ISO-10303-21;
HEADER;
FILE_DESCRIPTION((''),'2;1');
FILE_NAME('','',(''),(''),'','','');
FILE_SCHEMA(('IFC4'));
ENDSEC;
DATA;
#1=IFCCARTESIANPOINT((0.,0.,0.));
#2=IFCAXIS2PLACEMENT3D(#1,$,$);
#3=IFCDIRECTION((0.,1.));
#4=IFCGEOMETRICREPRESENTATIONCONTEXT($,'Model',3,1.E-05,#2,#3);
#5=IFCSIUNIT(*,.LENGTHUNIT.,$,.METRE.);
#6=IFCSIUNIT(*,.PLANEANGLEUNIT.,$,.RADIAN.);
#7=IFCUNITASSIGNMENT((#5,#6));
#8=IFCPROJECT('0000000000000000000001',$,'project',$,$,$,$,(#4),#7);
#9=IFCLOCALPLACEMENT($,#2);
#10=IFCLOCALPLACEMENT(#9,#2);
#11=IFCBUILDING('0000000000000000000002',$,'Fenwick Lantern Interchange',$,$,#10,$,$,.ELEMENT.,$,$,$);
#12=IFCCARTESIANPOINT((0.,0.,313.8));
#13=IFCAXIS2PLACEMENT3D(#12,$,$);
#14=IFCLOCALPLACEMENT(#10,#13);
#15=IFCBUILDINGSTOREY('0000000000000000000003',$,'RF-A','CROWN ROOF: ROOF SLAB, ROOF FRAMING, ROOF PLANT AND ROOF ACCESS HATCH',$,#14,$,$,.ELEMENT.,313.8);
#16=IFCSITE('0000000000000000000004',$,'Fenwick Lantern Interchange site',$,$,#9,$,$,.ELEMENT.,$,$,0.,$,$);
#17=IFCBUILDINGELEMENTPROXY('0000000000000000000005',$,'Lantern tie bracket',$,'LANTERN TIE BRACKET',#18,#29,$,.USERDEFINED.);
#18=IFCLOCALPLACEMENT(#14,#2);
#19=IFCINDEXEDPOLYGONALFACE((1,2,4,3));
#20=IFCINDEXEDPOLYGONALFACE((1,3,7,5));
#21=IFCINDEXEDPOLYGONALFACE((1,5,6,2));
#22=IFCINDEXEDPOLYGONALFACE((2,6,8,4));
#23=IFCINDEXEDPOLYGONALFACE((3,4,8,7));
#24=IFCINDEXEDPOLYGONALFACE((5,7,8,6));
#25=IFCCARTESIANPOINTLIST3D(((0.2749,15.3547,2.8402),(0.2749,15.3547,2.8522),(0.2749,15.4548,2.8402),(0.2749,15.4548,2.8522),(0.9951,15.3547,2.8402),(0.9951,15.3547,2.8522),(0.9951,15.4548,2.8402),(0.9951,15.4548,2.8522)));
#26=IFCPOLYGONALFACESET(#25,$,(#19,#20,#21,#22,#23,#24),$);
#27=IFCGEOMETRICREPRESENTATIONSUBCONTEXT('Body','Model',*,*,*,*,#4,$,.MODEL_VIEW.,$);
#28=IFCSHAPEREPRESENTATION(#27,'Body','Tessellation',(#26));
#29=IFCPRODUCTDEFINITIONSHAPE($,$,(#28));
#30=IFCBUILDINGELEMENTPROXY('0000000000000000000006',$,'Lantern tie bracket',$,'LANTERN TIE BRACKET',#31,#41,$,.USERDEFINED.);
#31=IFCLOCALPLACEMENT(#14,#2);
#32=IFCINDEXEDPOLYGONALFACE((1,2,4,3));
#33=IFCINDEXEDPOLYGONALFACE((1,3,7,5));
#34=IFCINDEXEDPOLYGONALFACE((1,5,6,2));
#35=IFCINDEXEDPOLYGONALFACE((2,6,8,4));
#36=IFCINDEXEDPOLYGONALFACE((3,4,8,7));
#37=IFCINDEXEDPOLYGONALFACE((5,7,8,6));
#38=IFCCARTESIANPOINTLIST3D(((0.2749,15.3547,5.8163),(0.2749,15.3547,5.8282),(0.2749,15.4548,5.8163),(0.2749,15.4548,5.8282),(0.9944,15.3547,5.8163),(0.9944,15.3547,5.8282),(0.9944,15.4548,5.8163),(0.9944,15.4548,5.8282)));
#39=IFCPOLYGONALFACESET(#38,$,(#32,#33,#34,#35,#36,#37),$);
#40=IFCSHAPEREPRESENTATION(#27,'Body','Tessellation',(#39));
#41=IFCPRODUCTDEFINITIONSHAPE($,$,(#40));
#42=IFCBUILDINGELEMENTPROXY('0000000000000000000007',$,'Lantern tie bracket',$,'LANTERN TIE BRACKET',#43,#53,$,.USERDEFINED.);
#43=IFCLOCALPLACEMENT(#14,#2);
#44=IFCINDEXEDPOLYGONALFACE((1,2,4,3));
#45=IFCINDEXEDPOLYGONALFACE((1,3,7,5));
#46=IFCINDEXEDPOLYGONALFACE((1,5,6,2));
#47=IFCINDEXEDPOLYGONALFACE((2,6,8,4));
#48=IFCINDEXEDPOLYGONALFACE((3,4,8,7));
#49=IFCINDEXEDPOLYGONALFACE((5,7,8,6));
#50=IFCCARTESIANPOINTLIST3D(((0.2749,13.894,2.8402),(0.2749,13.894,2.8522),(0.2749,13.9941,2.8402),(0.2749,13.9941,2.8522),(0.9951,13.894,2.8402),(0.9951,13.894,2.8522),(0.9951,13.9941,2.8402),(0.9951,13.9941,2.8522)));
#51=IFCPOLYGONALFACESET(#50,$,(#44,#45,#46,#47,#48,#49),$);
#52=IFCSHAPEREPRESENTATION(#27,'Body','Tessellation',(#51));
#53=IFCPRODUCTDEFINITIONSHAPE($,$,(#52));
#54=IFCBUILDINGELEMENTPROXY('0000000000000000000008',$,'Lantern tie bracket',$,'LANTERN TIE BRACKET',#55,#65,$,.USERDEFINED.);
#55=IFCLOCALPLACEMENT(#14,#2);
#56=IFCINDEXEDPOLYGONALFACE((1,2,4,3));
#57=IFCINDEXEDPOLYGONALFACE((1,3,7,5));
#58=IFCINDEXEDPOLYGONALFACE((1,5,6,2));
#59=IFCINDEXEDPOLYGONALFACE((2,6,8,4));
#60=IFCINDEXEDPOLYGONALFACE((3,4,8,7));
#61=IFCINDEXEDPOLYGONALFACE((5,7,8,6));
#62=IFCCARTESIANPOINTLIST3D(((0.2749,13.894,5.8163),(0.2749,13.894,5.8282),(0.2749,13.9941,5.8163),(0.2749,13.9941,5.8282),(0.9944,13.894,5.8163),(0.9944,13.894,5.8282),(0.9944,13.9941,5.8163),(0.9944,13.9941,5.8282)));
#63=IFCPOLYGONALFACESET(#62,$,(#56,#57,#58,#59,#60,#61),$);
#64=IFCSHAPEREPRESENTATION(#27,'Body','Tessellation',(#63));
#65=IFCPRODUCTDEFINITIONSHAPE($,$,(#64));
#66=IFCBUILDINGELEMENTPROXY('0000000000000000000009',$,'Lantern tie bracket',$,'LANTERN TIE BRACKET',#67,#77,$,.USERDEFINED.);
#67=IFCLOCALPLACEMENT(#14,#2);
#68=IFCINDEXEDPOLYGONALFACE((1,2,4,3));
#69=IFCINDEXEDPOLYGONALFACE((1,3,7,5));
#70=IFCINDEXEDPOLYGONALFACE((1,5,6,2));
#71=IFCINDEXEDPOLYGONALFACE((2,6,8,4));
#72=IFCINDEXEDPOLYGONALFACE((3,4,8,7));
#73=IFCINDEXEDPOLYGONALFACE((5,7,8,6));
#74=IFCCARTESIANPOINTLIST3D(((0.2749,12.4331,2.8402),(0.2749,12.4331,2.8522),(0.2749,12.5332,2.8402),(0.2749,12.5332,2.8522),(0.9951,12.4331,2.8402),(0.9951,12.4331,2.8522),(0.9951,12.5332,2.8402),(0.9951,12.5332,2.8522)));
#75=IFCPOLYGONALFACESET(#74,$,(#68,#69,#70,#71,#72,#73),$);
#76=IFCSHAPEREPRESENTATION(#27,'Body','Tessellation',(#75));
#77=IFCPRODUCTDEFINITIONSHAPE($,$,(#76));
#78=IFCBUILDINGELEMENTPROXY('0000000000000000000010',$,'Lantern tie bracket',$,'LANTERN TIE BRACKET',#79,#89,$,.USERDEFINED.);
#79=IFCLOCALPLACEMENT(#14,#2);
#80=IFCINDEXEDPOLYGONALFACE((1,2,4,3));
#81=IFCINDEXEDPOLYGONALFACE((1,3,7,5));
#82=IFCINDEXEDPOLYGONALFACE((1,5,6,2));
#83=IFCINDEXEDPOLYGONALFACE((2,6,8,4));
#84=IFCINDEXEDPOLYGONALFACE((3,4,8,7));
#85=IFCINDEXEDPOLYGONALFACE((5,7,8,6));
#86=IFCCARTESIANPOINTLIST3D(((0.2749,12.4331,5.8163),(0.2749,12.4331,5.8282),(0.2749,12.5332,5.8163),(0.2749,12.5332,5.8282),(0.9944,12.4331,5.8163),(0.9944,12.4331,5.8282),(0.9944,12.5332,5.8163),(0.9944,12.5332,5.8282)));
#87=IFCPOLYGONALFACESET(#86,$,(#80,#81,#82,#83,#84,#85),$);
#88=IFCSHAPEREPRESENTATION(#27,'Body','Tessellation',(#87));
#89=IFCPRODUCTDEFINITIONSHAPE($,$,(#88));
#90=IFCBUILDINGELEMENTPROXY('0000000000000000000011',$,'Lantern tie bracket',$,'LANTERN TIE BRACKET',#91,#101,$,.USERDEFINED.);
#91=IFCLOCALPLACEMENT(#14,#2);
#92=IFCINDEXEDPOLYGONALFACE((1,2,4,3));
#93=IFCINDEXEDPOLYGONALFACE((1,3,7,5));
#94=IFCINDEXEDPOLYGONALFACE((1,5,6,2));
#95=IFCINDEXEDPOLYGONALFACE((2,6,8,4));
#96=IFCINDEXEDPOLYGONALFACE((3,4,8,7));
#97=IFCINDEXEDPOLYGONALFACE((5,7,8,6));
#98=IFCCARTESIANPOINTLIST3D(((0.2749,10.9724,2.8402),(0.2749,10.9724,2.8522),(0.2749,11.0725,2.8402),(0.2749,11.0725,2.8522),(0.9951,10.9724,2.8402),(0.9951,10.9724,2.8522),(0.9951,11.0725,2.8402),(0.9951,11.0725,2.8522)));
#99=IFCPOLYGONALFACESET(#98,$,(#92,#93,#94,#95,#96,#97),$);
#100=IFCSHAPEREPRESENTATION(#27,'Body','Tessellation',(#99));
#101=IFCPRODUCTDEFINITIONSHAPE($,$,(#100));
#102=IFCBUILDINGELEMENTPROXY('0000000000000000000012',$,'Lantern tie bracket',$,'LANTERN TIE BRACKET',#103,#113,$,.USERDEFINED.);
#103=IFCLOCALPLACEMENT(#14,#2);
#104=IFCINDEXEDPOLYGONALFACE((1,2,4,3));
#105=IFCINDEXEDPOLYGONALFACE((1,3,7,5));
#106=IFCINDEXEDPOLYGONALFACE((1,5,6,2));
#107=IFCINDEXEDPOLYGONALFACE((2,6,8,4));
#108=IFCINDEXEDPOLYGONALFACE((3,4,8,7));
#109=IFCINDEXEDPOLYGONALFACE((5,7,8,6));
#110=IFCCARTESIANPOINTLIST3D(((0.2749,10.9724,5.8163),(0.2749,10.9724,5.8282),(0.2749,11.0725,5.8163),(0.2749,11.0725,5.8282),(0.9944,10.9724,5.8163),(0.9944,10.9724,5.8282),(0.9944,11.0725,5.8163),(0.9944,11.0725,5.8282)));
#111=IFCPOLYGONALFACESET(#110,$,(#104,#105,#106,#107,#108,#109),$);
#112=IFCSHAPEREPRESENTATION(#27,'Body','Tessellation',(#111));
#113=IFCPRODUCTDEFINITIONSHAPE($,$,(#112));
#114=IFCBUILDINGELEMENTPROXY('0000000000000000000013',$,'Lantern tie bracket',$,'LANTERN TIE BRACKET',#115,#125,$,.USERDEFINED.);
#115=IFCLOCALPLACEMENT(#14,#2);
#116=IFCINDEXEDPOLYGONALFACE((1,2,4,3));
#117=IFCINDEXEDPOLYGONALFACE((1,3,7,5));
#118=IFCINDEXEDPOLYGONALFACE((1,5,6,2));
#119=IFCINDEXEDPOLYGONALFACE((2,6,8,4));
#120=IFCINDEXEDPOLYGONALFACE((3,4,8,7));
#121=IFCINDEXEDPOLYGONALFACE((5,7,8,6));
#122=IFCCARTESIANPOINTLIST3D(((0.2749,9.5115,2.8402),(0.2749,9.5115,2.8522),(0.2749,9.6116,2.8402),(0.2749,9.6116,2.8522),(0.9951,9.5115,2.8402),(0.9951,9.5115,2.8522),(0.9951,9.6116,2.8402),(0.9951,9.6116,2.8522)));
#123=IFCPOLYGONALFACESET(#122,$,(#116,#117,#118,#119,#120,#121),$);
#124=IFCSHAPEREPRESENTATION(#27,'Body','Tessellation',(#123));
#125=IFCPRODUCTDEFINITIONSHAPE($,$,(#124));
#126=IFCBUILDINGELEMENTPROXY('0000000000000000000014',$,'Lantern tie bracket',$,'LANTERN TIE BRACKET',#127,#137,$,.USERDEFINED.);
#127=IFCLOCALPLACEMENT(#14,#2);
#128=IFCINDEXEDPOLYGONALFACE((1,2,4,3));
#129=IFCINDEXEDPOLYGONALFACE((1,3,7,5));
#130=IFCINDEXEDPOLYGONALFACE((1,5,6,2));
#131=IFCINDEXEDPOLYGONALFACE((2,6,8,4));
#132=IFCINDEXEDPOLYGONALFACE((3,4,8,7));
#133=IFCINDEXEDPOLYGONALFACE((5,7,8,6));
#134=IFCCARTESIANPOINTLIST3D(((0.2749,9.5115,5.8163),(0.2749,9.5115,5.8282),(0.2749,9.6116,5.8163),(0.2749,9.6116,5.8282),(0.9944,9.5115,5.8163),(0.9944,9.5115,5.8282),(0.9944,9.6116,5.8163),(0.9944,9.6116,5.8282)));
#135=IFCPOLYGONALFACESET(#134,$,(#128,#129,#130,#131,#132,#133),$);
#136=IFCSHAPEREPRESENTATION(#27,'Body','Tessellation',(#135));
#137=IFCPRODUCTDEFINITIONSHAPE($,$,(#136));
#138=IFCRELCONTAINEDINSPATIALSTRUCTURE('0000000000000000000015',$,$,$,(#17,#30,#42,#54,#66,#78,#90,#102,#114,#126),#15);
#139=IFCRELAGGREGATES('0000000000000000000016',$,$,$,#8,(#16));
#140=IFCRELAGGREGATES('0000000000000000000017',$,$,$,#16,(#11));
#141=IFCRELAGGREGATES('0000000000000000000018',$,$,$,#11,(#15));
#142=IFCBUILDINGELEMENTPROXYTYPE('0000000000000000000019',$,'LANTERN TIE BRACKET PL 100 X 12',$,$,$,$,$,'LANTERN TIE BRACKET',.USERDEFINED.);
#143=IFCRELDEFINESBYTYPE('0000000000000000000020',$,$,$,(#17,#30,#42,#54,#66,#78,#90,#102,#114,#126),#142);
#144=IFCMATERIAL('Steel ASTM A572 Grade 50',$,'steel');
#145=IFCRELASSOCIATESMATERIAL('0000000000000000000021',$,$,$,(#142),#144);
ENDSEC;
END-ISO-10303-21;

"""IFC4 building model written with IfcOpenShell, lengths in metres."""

from ifc_helpers import new_model, si_unit, direction, frame, origin, origin_2d, place, context, subcontext, project, spatial, rectangle, extrude, material, material_profile, profile_set, type_object, element, save


model = new_model("IFC4")

# Units and contexts
model_context = context("Model", 3, precision=1e-05, world=origin(), true_north=direction((0.0, 1.0)))
body_context = subcontext(model_context, "Body", "Model", "MODEL_VIEW")
ifc_project = project(units=[si_unit("LENGTHUNIT", "METRE"), si_unit("PLANEANGLEUNIT", "RADIAN")], contexts=[model_context])

# Site, building, storey
site_placement = place(None, origin())
site = spatial("IfcSite", under=ifc_project, at=site_placement, Name="Fenwick Lantern Interchange site", CompositionType="ELEMENT", RefElevation=0.0)
building_placement = place(site_placement, origin())
building = spatial("IfcBuilding", under=site, at=building_placement, Name="Fenwick Lantern Interchange", CompositionType="ELEMENT")
storey_placement = place(building_placement, frame((0.0, 0.0, 313.8)))
storey = spatial("IfcBuildingStorey", under=building, at=storey_placement, Name="RF-A", Description="CROWN ROOF: ROOF SLAB, ROOF FRAMING, ROOF PLANT AND ROOF ACCESS HATCH", CompositionType="ELEMENT", Elevation=313.8)

# Building element proxies
ifc_material_1 = material(Name="Steel ASTM A572 Grade 50", Category="steel")
ifc_material_profile_1 = material_profile(ifc_material_1, rectangle(XDim=0.1001, YDim=0.012, at=origin_2d()), Name="PL100X12")
ifc_profile_set_1 = profile_set([ifc_material_profile_1], Name="Steel ASTM A572 Grade 50")
building_element_proxy_type = type_object("IfcBuildingElementProxyType", Name="LANTERN TIE BRACKET PL 100 X 12", ElementType="LANTERN TIE BRACKET", PredefinedType="USERDEFINED", material=ifc_profile_set_1)
proxy_1_placement = place(storey_placement, frame((0.2749, 15.4048, 2.8462), z_axis=(1.0, 0.0, 0.0), x_axis=(0.0, 1.0, 0.0)))
element("IfcBuildingElementProxy", 1, at=proxy_1_placement, inside=storey, type_object=building_element_proxy_type, Name="Lantern tie bracket", ObjectType="LANTERN TIE BRACKET", PredefinedType="USERDEFINED", context=body_context, shape_type="SweptSolid", body=[
    extrude(rectangle(XDim=0.1001, YDim=0.012, at=origin_2d()), origin(), (0.0, 0.0, 1.0), 0.7202),
])
proxy_2_placement = place(storey_placement, frame((0.2749, 15.4048, 5.8223), z_axis=(1.0, 0.0, 0.0), x_axis=(0.0, 1.0, 0.0)))
element("IfcBuildingElementProxy", 2, at=proxy_2_placement, inside=storey, type_object=building_element_proxy_type, Name="Lantern tie bracket", ObjectType="LANTERN TIE BRACKET", PredefinedType="USERDEFINED", context=body_context, shape_type="SweptSolid", body=[
    extrude(rectangle(XDim=0.1001, YDim=0.012, at=origin_2d()), origin(), (0.0, 0.0, 1.0), 0.7195),
])
proxy_3_placement = place(storey_placement, frame((0.2749, 13.9441, 2.8462), z_axis=(1.0, 0.0, 0.0), x_axis=(0.0, 1.0, 0.0)))
element("IfcBuildingElementProxy", 3, at=proxy_3_placement, inside=storey, type_object=building_element_proxy_type, Name="Lantern tie bracket", ObjectType="LANTERN TIE BRACKET", PredefinedType="USERDEFINED", context=body_context, shape_type="SweptSolid", body=[
    extrude(rectangle(XDim=0.1001, YDim=0.012, at=origin_2d()), origin(), (0.0, 0.0, 1.0), 0.7202),
])
proxy_4_placement = place(storey_placement, frame((0.2749, 13.9441, 5.8223), z_axis=(1.0, 0.0, 0.0), x_axis=(0.0, 1.0, 0.0)))
element("IfcBuildingElementProxy", 4, at=proxy_4_placement, inside=storey, type_object=building_element_proxy_type, Name="Lantern tie bracket", ObjectType="LANTERN TIE BRACKET", PredefinedType="USERDEFINED", context=body_context, shape_type="SweptSolid", body=[
    extrude(rectangle(XDim=0.1001, YDim=0.012, at=origin_2d()), origin(), (0.0, 0.0, 1.0), 0.7195),
])
proxy_5_placement = place(storey_placement, frame((0.2749, 12.4832, 2.8462), z_axis=(1.0, 0.0, 0.0), x_axis=(0.0, 1.0, 0.0)))
element("IfcBuildingElementProxy", 5, at=proxy_5_placement, inside=storey, type_object=building_element_proxy_type, Name="Lantern tie bracket", ObjectType="LANTERN TIE BRACKET", PredefinedType="USERDEFINED", context=body_context, shape_type="SweptSolid", body=[
    extrude(rectangle(XDim=0.1001, YDim=0.012, at=origin_2d()), origin(), (0.0, 0.0, 1.0), 0.7202),
])
proxy_6_placement = place(storey_placement, frame((0.2749, 12.4832, 5.8223), z_axis=(1.0, 0.0, 0.0), x_axis=(0.0, 1.0, 0.0)))
element("IfcBuildingElementProxy", 6, at=proxy_6_placement, inside=storey, type_object=building_element_proxy_type, Name="Lantern tie bracket", ObjectType="LANTERN TIE BRACKET", PredefinedType="USERDEFINED", context=body_context, shape_type="SweptSolid", body=[
    extrude(rectangle(XDim=0.1001, YDim=0.012, at=origin_2d()), origin(), (0.0, 0.0, 1.0), 0.7195),
])
proxy_7_placement = place(storey_placement, frame((0.2749, 11.0225, 2.8462), z_axis=(1.0, 0.0, 0.0), x_axis=(0.0, 1.0, 0.0)))
element("IfcBuildingElementProxy", 7, at=proxy_7_placement, inside=storey, type_object=building_element_proxy_type, Name="Lantern tie bracket", ObjectType="LANTERN TIE BRACKET", PredefinedType="USERDEFINED", context=body_context, shape_type="SweptSolid", body=[
    extrude(rectangle(XDim=0.1001, YDim=0.012, at=origin_2d()), origin(), (0.0, 0.0, 1.0), 0.7202),
])
proxy_8_placement = place(storey_placement, frame((0.2749, 11.0225, 5.8223), z_axis=(1.0, 0.0, 0.0), x_axis=(0.0, 1.0, 0.0)))
element("IfcBuildingElementProxy", 8, at=proxy_8_placement, inside=storey, type_object=building_element_proxy_type, Name="Lantern tie bracket", ObjectType="LANTERN TIE BRACKET", PredefinedType="USERDEFINED", context=body_context, shape_type="SweptSolid", body=[
    extrude(rectangle(XDim=0.1001, YDim=0.012, at=origin_2d()), origin(), (0.0, 0.0, 1.0), 0.7195),
])
proxy_9_placement = place(storey_placement, frame((0.2749, 9.5615, 2.8462), z_axis=(1.0, 0.0, 0.0), x_axis=(0.0, 1.0, 0.0)))
element("IfcBuildingElementProxy", 9, at=proxy_9_placement, inside=storey, type_object=building_element_proxy_type, Name="Lantern tie bracket", ObjectType="LANTERN TIE BRACKET", PredefinedType="USERDEFINED", context=body_context, shape_type="SweptSolid", body=[
    extrude(rectangle(XDim=0.1001, YDim=0.012, at=origin_2d()), origin(), (0.0, 0.0, 1.0), 0.7202),
])
proxy_10_placement = place(storey_placement, frame((0.2749, 9.5615, 5.8223), z_axis=(1.0, 0.0, 0.0), x_axis=(0.0, 1.0, 0.0)))
element("IfcBuildingElementProxy", 10, at=proxy_10_placement, inside=storey, type_object=building_element_proxy_type, Name="Lantern tie bracket", ObjectType="LANTERN TIE BRACKET", PredefinedType="USERDEFINED", context=body_context, shape_type="SweptSolid", body=[
    extrude(rectangle(XDim=0.1001, YDim=0.012, at=origin_2d()), origin(), (0.0, 0.0, 1.0), 0.7195),
])

save(model, "model.ifc")
